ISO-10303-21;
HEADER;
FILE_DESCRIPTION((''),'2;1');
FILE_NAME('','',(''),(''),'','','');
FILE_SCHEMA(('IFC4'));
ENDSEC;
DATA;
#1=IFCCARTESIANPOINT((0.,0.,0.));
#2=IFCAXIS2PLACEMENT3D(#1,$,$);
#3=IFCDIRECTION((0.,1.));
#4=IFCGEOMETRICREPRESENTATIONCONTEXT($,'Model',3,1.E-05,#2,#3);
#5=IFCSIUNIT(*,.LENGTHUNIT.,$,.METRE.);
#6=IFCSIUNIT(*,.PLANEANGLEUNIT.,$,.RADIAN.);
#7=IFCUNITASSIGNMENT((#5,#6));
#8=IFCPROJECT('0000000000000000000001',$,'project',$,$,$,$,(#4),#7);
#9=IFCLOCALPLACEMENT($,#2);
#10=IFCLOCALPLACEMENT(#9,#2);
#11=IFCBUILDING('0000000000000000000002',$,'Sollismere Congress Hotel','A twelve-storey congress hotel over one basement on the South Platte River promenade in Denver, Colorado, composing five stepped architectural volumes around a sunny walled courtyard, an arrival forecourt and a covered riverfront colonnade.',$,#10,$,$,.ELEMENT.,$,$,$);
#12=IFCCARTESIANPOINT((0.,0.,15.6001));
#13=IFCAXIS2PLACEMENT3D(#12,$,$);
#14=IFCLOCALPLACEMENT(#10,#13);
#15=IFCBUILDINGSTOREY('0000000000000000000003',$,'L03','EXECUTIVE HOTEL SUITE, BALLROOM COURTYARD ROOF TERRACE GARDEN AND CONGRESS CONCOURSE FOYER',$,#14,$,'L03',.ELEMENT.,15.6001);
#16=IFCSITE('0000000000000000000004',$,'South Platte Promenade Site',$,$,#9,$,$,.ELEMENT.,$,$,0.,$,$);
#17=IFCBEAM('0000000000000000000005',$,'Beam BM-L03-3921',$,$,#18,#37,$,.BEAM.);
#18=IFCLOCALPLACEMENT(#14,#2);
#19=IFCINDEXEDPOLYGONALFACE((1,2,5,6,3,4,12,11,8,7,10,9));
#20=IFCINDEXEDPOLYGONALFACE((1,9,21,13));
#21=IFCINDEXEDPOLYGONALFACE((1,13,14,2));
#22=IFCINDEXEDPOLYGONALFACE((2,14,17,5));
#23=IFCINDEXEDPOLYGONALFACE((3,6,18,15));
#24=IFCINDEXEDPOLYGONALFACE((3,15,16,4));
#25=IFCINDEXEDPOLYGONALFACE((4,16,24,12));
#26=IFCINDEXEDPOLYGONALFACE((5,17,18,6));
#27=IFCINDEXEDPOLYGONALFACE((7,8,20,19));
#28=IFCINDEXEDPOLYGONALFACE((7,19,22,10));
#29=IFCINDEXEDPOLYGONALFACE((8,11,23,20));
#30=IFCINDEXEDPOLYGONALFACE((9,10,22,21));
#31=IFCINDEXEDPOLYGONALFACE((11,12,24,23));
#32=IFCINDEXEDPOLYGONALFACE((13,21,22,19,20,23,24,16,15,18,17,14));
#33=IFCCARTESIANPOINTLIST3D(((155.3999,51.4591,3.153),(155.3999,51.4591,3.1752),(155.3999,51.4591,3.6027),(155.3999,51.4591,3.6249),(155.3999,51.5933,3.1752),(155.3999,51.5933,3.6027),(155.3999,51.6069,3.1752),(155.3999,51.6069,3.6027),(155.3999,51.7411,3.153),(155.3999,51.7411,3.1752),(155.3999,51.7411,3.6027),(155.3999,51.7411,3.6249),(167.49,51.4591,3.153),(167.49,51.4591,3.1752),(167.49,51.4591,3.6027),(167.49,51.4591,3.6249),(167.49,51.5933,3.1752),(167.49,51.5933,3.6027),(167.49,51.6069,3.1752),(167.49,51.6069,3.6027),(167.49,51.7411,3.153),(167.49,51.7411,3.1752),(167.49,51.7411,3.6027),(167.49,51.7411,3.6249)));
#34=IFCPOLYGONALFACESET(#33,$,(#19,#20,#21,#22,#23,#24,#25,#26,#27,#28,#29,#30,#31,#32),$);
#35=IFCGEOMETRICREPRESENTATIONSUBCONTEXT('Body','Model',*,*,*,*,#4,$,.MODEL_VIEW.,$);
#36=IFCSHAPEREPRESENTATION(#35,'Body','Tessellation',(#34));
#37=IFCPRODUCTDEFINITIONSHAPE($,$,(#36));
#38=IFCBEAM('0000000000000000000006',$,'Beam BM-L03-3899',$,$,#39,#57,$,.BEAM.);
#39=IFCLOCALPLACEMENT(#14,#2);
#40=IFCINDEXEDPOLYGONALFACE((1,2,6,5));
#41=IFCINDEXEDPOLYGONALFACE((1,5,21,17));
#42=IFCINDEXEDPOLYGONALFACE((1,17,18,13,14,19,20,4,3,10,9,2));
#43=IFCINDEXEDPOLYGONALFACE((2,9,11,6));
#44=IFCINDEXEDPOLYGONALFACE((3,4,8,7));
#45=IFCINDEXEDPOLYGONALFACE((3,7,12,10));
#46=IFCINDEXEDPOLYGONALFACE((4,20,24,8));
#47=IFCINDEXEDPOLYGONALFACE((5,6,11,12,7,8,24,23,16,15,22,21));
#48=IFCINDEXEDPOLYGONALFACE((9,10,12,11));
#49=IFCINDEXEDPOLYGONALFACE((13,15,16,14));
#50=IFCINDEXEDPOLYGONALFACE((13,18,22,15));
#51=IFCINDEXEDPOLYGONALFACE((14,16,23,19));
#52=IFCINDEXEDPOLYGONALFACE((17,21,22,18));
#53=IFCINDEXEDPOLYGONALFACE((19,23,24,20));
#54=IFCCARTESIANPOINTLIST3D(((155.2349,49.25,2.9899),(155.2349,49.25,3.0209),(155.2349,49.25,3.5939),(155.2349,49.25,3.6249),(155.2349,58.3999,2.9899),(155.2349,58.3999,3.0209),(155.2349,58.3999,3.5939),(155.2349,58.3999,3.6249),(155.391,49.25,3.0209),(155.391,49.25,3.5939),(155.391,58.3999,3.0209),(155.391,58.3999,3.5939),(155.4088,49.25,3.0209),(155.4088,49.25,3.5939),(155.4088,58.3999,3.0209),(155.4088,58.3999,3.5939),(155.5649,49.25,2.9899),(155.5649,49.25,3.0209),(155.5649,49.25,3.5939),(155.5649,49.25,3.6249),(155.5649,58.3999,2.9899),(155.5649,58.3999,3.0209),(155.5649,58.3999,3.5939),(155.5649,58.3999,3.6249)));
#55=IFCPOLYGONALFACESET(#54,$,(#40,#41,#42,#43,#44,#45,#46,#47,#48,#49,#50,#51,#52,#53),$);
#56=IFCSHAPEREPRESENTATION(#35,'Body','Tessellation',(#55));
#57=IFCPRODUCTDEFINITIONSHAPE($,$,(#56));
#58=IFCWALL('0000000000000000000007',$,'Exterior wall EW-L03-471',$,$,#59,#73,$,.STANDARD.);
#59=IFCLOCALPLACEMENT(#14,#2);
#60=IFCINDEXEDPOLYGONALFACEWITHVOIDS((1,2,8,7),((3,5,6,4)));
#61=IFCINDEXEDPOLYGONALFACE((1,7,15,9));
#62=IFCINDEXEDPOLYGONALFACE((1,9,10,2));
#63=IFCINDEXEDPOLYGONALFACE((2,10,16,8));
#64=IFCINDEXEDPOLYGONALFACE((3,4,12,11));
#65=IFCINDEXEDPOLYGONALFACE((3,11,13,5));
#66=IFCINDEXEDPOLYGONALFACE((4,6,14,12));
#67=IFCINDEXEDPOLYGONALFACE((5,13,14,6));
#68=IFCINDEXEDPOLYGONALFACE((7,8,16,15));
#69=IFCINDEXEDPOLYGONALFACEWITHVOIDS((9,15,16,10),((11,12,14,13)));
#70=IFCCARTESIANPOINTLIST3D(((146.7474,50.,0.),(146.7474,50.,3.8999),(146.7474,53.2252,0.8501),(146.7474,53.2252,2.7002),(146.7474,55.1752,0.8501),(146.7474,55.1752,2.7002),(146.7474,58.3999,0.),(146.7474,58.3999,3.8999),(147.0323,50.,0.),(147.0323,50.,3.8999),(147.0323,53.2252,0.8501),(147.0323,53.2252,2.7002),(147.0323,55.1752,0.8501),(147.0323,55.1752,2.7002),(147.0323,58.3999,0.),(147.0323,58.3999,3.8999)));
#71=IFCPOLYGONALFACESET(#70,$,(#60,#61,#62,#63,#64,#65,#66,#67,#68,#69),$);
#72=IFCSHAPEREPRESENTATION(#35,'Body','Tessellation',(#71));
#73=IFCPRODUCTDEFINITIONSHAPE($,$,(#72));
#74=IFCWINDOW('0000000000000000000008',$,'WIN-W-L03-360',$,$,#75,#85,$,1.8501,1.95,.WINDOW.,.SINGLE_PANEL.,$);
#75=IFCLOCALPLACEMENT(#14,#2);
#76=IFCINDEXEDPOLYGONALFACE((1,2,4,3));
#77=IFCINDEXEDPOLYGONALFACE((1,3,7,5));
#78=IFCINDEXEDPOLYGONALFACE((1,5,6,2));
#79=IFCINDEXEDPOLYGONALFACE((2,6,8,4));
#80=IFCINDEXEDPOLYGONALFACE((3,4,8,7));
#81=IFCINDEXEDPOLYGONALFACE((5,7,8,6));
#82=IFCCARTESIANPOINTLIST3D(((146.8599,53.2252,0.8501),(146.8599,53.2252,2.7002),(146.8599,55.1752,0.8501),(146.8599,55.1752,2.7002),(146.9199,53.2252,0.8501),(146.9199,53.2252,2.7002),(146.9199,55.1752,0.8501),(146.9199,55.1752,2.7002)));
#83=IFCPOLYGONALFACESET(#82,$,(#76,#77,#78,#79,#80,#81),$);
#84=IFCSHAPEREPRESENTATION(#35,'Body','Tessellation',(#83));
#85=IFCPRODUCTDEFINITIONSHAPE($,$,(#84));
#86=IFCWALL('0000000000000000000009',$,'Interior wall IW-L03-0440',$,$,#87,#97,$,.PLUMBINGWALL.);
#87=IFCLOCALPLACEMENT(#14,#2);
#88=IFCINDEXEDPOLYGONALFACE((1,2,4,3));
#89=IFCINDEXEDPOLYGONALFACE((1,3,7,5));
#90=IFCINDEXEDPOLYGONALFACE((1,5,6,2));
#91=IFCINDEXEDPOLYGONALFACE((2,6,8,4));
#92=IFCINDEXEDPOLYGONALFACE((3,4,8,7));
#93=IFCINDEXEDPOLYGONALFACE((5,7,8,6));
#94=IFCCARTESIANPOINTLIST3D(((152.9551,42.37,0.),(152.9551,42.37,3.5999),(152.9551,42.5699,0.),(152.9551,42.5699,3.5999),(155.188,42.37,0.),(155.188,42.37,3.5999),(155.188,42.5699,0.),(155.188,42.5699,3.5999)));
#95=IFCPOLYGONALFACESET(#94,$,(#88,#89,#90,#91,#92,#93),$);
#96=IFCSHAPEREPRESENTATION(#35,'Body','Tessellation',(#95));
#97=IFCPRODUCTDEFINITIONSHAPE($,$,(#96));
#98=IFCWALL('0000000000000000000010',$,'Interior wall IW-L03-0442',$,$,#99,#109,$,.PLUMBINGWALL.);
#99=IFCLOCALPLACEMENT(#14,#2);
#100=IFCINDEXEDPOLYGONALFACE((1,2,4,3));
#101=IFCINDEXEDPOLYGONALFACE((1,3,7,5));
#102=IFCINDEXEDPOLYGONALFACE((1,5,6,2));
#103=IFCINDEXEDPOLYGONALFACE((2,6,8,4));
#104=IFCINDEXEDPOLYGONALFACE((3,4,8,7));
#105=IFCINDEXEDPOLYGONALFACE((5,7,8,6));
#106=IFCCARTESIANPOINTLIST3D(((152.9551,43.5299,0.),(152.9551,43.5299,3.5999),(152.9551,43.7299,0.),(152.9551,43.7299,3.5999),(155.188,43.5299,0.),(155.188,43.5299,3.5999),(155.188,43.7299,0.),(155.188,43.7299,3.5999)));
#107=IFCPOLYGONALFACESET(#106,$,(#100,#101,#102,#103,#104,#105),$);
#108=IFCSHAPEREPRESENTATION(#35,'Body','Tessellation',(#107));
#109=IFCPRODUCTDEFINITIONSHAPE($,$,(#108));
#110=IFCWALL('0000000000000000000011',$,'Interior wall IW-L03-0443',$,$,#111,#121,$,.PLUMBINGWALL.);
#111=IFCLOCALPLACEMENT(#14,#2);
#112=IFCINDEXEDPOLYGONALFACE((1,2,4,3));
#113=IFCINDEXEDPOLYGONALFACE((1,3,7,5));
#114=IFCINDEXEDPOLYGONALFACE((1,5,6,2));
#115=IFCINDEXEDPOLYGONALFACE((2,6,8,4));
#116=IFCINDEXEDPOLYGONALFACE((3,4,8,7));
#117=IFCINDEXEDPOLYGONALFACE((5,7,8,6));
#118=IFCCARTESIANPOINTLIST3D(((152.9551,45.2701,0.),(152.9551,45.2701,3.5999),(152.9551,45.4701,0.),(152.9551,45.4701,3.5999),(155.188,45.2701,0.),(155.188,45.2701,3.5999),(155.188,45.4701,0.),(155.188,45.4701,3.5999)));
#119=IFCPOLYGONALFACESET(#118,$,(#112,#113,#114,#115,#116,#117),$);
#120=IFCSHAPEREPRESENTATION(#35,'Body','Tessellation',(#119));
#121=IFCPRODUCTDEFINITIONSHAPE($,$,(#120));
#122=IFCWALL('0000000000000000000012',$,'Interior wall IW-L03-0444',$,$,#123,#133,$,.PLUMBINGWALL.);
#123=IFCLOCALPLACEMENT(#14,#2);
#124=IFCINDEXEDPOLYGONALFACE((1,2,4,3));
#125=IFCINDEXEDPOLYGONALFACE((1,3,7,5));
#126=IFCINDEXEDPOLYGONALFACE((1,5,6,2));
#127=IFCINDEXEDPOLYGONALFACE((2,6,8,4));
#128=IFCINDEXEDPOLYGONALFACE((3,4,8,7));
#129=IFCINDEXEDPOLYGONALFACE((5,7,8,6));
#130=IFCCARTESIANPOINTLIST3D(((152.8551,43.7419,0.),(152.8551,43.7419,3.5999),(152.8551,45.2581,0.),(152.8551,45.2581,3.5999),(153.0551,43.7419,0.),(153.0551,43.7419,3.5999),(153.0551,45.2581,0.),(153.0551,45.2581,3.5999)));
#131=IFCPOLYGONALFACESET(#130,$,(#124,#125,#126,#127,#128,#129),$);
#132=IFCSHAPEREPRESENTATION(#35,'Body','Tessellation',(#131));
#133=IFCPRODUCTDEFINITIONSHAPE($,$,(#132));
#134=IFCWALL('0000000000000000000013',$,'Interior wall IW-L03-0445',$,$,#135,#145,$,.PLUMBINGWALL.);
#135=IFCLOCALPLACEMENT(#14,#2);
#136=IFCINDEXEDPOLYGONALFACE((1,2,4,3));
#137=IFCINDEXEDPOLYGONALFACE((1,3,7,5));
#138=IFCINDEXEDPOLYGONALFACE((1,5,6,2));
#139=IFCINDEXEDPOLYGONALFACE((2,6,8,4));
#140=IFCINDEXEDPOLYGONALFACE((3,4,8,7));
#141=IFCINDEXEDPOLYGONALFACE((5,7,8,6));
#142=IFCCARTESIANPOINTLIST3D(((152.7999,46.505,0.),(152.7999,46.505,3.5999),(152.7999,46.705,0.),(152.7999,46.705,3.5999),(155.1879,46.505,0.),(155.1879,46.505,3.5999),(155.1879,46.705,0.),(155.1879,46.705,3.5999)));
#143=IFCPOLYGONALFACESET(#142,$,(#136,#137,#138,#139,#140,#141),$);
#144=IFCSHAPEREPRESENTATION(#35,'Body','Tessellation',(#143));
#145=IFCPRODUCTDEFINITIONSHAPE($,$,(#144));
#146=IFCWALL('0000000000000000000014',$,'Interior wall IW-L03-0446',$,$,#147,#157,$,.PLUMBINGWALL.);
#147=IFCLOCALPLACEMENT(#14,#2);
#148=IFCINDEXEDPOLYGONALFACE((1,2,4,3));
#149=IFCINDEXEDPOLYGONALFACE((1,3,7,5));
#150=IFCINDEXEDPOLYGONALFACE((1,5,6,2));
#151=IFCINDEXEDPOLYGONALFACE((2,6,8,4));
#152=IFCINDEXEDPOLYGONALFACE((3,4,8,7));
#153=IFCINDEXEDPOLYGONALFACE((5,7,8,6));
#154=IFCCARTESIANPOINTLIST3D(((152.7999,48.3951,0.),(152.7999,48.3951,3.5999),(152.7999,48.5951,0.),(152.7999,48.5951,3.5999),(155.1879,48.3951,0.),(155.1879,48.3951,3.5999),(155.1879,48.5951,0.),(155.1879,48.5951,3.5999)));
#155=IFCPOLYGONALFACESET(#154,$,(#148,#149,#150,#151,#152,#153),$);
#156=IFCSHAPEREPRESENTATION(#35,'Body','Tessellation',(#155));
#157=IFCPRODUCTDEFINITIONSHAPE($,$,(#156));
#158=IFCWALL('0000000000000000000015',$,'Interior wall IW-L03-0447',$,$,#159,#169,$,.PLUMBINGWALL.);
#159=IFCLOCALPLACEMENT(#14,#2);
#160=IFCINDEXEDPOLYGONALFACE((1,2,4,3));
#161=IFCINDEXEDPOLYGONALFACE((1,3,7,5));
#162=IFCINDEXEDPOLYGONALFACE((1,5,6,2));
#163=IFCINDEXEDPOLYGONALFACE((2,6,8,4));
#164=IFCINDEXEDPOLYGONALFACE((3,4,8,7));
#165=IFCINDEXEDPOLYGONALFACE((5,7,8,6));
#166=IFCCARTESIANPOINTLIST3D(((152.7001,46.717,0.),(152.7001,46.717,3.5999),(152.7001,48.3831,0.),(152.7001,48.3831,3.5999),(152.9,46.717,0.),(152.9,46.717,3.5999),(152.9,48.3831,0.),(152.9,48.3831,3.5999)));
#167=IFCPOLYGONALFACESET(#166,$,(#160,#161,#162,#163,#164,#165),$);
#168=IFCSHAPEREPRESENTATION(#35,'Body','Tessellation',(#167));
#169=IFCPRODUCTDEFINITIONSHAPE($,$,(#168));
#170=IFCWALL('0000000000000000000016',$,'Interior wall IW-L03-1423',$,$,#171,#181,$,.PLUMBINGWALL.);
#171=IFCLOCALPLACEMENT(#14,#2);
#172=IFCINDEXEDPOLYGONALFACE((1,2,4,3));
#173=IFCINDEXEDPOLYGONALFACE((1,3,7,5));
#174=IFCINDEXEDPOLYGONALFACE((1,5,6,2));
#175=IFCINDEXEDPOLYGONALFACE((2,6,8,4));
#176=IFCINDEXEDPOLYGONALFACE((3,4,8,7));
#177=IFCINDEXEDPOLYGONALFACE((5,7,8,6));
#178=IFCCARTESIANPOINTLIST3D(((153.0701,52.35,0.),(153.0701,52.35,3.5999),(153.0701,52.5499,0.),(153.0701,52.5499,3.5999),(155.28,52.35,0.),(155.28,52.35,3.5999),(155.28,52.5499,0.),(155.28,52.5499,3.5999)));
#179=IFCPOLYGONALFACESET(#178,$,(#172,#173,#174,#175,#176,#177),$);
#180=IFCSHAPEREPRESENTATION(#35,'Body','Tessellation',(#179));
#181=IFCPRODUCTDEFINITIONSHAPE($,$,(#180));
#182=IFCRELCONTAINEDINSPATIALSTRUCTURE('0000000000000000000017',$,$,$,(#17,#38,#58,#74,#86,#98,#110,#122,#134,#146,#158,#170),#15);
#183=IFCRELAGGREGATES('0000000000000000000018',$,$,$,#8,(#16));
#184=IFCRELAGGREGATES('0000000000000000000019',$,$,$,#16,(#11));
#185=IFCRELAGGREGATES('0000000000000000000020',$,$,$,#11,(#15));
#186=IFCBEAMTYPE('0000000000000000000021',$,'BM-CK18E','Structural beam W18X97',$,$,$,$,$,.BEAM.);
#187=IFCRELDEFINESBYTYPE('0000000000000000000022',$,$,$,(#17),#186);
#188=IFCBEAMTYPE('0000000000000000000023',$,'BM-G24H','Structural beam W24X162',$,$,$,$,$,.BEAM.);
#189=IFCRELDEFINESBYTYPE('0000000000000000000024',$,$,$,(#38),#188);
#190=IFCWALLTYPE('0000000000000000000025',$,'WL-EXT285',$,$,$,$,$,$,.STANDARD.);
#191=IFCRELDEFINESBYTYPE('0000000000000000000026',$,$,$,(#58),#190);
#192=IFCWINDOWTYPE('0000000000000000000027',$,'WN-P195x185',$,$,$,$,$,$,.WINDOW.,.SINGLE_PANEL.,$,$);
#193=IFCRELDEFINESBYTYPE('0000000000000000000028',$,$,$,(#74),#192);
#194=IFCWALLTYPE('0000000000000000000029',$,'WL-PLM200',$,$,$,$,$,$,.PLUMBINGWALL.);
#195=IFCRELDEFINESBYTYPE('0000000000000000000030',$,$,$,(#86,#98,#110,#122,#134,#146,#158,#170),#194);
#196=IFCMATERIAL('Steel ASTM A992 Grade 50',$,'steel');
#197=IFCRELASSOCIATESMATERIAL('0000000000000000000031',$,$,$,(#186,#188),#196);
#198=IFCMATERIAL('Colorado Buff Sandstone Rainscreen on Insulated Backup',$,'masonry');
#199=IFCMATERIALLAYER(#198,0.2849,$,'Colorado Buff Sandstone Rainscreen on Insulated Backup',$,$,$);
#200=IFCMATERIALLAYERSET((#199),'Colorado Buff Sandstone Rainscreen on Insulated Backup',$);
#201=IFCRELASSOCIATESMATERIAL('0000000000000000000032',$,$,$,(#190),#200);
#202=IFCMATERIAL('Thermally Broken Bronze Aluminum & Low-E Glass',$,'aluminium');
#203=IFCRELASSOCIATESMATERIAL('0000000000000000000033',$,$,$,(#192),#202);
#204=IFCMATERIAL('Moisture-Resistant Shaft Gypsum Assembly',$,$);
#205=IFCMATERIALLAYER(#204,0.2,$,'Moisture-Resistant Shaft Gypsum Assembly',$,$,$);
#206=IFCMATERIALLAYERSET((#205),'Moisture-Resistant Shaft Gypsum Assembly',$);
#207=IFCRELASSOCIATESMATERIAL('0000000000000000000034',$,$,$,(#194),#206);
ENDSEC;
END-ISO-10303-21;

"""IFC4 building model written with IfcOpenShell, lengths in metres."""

from ifc_helpers import new_model, si_unit, direction, frame, frame_2d, origin, origin_2d, place, context, subcontext, project, spatial, rectangle, i_section, extrude, material, layer, layer_set, material_profile, profile_set, type_object, element, fill, save


model = new_model("IFC4")

# Units and contexts
model_context = context("Model", 3, precision=1e-05, world=origin(), true_north=direction((0.0, 1.0)))
body_context = subcontext(model_context, "Body", "Model", "MODEL_VIEW")
ifc_project = project(units=[si_unit("LENGTHUNIT", "METRE"), si_unit("PLANEANGLEUNIT", "RADIAN")], contexts=[model_context])

# Site, building, storey
site_placement = place(None, origin())
site = spatial("IfcSite", under=ifc_project, at=site_placement, Name="South Platte Promenade Site", CompositionType="ELEMENT", RefElevation=0.0)
building_placement = place(site_placement, origin())
building = spatial("IfcBuilding", under=site, at=building_placement, Name="Sollismere Congress Hotel", Description="A twelve-storey congress hotel over one basement on the South Platte River promenade in Denver, Colorado, composing five stepped architectural volumes around a sunny walled courtyard, an arrival forecourt and a covered riverfront colonnade.", CompositionType="ELEMENT")
storey_placement = place(building_placement, frame((0.0, 0.0, 15.6001)))
storey = spatial("IfcBuildingStorey", under=building, at=storey_placement, Name="L03", Description="EXECUTIVE HOTEL SUITE, BALLROOM COURTYARD ROOF TERRACE GARDEN AND CONGRESS CONCOURSE FOYER", LongName="L03", CompositionType="ELEMENT", Elevation=15.6001)

# Beams
ifc_material_1 = material(Name="Steel ASTM A992 Grade 50", Category="steel")
ifc_material_profile_1 = material_profile(ifc_material_1, i_section(OverallWidth=0.282, OverallDepth=0.4719, WebThickness=0.0137, FlangeThickness=0.0222, at=origin_2d()), Name="W18X97")
ifc_profile_set_1 = profile_set([ifc_material_profile_1], Name="Steel ASTM A992 Grade 50")
beam_type_1 = type_object("IfcBeamType", Name="BM-CK18E", Description="Structural beam W18X97", PredefinedType="BEAM", material=ifc_profile_set_1)
beam_1_placement = place(storey_placement, frame((155.3999, 51.6001, 3.3889), z_axis=(1.0, 0.0, 0.0), x_axis=(0.0, 1.0, 0.0)))
element("IfcBeam", 1, at=beam_1_placement, inside=storey, type_object=beam_type_1, Name="Beam BM-L03-3921", PredefinedType="BEAM", context=body_context, shape_type="SweptSolid", body=[
    extrude(i_section(OverallWidth=0.282, OverallDepth=0.4719, WebThickness=0.0137, FlangeThickness=0.0222, at=origin_2d()), origin(), (0.0, 0.0, 1.0), 12.0901),
])
ifc_material_profile_2 = material_profile(ifc_material_1, i_section(OverallWidth=0.3301, OverallDepth=0.635, WebThickness=0.0178, FlangeThickness=0.031, at=origin_2d()), Name="W24X162")
ifc_profile_set_2 = profile_set([ifc_material_profile_2], Name="Steel ASTM A992 Grade 50")
beam_type_2 = type_object("IfcBeamType", Name="BM-G24H", Description="Structural beam W24X162", PredefinedType="BEAM", material=ifc_profile_set_2)
beam_2_placement = place(storey_placement, frame((155.3999, 49.25, 3.3074), z_axis=(0.0, 1.0, 0.0), x_axis=(-1.0, 0.0, 0.0)))
element("IfcBeam", 2, at=beam_2_placement, inside=storey, type_object=beam_type_2, Name="Beam BM-L03-3899", PredefinedType="BEAM", context=body_context, shape_type="SweptSolid", body=[
    extrude(i_section(OverallWidth=0.3301, OverallDepth=0.635, WebThickness=0.0178, FlangeThickness=0.031, at=origin_2d()), origin(), (0.0, 0.0, 1.0), 9.1499),
])

# Wall, opening, window
ifc_material_2 = material(Name="Colorado Buff Sandstone Rainscreen on Insulated Backup", Category="masonry")
ifc_layer_1 = layer(ifc_material_2, 0.2849, Name="Colorado Buff Sandstone Rainscreen on Insulated Backup")
ifc_layer_set_1 = layer_set([ifc_layer_1], Name="Colorado Buff Sandstone Rainscreen on Insulated Backup")
wall_type_1 = type_object("IfcWallType", Name="WL-EXT285", PredefinedType="STANDARD", material=ifc_layer_set_1)
wall_1_placement = place(storey_placement, frame((146.8899, 50.0, 0.0), z_axis=(0.0, 0.0, 1.0), x_axis=(0.0, 1.0, 0.0)))
wall_1 = element("IfcWall", 3, at=wall_1_placement, inside=storey, type_object=wall_type_1, Name="Exterior wall EW-L03-471", PredefinedType="STANDARD", context=body_context, shape_type="SweptSolid", body=[
    extrude(rectangle(XDim=8.3999, YDim=0.2849, at=frame_2d((4.2, 0.0))), origin(), (0.0, 0.0, 1.0), 3.8999),
])
opening_1_placement = place(wall_1_placement, frame((3.2251, 0.0, 0.8501)))
opening_1 = element("IfcOpeningElement", 4, at=opening_1_placement, cuts=wall_1, PredefinedType="OPENING", context=body_context, shape_type="SweptSolid", body=[
    extrude(rectangle(XDim=1.95, YDim=1.8501, at=frame_2d((0.9751, 0.925))), frame((0.0, 0.1523, 0.0), z_axis=(0.0, -1.0, 0.0), x_axis=(1.0, 0.0, 0.0)), (0.0, 0.0, 1.0), 0.3049),
])
ifc_material_3 = material(Name="Thermally Broken Bronze Aluminum & Low-E Glass", Category="aluminium")
window_type = type_object("IfcWindowType", Name="WN-P195x185", PartitioningType="SINGLE_PANEL", PredefinedType="WINDOW", material=ifc_material_3)
window_placement = place(opening_1_placement, origin())
window = element("IfcWindow", 5, at=window_placement, inside=storey, type_object=window_type, Name="WIN-W-L03-360", OverallHeight=1.8501, OverallWidth=1.95, PartitioningType="SINGLE_PANEL", PredefinedType="WINDOW", context=body_context, shape_type="SweptSolid", body=[
    extrude(rectangle(XDim=1.95, YDim=1.8501, at=frame_2d((0.9751, 0.925))), frame((0.0, 0.03, 0.0), z_axis=(0.0, -1.0, 0.0), x_axis=(1.0, 0.0, 0.0)), (0.0, 0.0, 1.0), 0.0601),
])
fill(opening_1, window)

# Walls
ifc_material_4 = material(Name="Moisture-Resistant Shaft Gypsum Assembly")
ifc_layer_2 = layer(ifc_material_4, 0.2, Name="Moisture-Resistant Shaft Gypsum Assembly")
ifc_layer_set_2 = layer_set([ifc_layer_2], Name="Moisture-Resistant Shaft Gypsum Assembly")
wall_type_2 = type_object("IfcWallType", Name="WL-PLM200", PredefinedType="PLUMBINGWALL", material=ifc_layer_set_2)
for number, where, z_axis, x_axis, name in (
    (6, (152.9551, 42.47, 0.0), (0.0, 0.0, 1.0), (1.0, 0.0, 0.0), "Interior wall IW-L03-0440"),
    (7, (152.9551, 43.6299, 0.0), (0.0, 0.0, 1.0), (1.0, 0.0, 0.0), "Interior wall IW-L03-0442"),
    (8, (152.9551, 45.3701, 0.0), (0.0, 0.0, 1.0), (1.0, 0.0, 0.0), "Interior wall IW-L03-0443"),
):
    element("IfcWall", number, at=place(storey_placement, frame(where, z_axis=z_axis, x_axis=x_axis)), inside=storey, type_object=wall_type_2, Name=name, PredefinedType="PLUMBINGWALL", context=body_context, shape_type="SweptSolid", body=[
        extrude(rectangle(XDim=2.2329, YDim=0.2, at=frame_2d((1.1165, 0.0))), origin(), (0.0, 0.0, 1.0), 3.5999),
    ])
wall_2_placement = place(storey_placement, frame((152.9551, 43.7419, 0.0), z_axis=(0.0, 0.0, 1.0), x_axis=(0.0, 1.0, 0.0)))
element("IfcWall", 9, at=wall_2_placement, inside=storey, type_object=wall_type_2, Name="Interior wall IW-L03-0444", PredefinedType="PLUMBINGWALL", context=body_context, shape_type="SweptSolid", body=[
    extrude(rectangle(XDim=1.5161, YDim=0.2, at=frame_2d((0.7581, 0.0))), origin(), (0.0, 0.0, 1.0), 3.5999),
])
for number, where, z_axis, x_axis, name in (
    (10, (152.8, 46.605, 0.0), (0.0, 0.0, 1.0), (1.0, 0.0, 0.0), "Interior wall IW-L03-0445"),
    (11, (152.8, 48.4951, 0.0), (0.0, 0.0, 1.0), (1.0, 0.0, 0.0), "Interior wall IW-L03-0446"),
):
    element("IfcWall", number, at=place(storey_placement, frame(where, z_axis=z_axis, x_axis=x_axis)), inside=storey, type_object=wall_type_2, Name=name, PredefinedType="PLUMBINGWALL", context=body_context, shape_type="SweptSolid", body=[
        extrude(rectangle(XDim=2.3879, YDim=0.2, at=frame_2d((1.1938, 0.0))), origin(), (0.0, 0.0, 1.0), 3.5999),
    ])
wall_3_placement = place(storey_placement, frame((152.8, 46.717, 0.0), z_axis=(0.0, 0.0, 1.0), x_axis=(0.0, 1.0, 0.0)))
element("IfcWall", 12, at=wall_3_placement, inside=storey, type_object=wall_type_2, Name="Interior wall IW-L03-0447", PredefinedType="PLUMBINGWALL", context=body_context, shape_type="SweptSolid", body=[
    extrude(rectangle(XDim=1.666, YDim=0.2, at=frame_2d((0.833, 0.0))), origin(), (0.0, 0.0, 1.0), 3.5999),
])
wall_4_placement = place(storey_placement, frame((153.0701, 52.45, 0.0), z_axis=(0.0, 0.0, 1.0), x_axis=(1.0, 0.0, 0.0)))
element("IfcWall", 13, at=wall_4_placement, inside=storey, type_object=wall_type_2, Name="Interior wall IW-L03-1423", PredefinedType="PLUMBINGWALL", context=body_context, shape_type="SweptSolid", body=[
    extrude(rectangle(XDim=2.21, YDim=0.2, at=frame_2d((1.105, 0.0))), origin(), (0.0, 0.0, 1.0), 3.5999),
])

save(model, "model.ifc")
